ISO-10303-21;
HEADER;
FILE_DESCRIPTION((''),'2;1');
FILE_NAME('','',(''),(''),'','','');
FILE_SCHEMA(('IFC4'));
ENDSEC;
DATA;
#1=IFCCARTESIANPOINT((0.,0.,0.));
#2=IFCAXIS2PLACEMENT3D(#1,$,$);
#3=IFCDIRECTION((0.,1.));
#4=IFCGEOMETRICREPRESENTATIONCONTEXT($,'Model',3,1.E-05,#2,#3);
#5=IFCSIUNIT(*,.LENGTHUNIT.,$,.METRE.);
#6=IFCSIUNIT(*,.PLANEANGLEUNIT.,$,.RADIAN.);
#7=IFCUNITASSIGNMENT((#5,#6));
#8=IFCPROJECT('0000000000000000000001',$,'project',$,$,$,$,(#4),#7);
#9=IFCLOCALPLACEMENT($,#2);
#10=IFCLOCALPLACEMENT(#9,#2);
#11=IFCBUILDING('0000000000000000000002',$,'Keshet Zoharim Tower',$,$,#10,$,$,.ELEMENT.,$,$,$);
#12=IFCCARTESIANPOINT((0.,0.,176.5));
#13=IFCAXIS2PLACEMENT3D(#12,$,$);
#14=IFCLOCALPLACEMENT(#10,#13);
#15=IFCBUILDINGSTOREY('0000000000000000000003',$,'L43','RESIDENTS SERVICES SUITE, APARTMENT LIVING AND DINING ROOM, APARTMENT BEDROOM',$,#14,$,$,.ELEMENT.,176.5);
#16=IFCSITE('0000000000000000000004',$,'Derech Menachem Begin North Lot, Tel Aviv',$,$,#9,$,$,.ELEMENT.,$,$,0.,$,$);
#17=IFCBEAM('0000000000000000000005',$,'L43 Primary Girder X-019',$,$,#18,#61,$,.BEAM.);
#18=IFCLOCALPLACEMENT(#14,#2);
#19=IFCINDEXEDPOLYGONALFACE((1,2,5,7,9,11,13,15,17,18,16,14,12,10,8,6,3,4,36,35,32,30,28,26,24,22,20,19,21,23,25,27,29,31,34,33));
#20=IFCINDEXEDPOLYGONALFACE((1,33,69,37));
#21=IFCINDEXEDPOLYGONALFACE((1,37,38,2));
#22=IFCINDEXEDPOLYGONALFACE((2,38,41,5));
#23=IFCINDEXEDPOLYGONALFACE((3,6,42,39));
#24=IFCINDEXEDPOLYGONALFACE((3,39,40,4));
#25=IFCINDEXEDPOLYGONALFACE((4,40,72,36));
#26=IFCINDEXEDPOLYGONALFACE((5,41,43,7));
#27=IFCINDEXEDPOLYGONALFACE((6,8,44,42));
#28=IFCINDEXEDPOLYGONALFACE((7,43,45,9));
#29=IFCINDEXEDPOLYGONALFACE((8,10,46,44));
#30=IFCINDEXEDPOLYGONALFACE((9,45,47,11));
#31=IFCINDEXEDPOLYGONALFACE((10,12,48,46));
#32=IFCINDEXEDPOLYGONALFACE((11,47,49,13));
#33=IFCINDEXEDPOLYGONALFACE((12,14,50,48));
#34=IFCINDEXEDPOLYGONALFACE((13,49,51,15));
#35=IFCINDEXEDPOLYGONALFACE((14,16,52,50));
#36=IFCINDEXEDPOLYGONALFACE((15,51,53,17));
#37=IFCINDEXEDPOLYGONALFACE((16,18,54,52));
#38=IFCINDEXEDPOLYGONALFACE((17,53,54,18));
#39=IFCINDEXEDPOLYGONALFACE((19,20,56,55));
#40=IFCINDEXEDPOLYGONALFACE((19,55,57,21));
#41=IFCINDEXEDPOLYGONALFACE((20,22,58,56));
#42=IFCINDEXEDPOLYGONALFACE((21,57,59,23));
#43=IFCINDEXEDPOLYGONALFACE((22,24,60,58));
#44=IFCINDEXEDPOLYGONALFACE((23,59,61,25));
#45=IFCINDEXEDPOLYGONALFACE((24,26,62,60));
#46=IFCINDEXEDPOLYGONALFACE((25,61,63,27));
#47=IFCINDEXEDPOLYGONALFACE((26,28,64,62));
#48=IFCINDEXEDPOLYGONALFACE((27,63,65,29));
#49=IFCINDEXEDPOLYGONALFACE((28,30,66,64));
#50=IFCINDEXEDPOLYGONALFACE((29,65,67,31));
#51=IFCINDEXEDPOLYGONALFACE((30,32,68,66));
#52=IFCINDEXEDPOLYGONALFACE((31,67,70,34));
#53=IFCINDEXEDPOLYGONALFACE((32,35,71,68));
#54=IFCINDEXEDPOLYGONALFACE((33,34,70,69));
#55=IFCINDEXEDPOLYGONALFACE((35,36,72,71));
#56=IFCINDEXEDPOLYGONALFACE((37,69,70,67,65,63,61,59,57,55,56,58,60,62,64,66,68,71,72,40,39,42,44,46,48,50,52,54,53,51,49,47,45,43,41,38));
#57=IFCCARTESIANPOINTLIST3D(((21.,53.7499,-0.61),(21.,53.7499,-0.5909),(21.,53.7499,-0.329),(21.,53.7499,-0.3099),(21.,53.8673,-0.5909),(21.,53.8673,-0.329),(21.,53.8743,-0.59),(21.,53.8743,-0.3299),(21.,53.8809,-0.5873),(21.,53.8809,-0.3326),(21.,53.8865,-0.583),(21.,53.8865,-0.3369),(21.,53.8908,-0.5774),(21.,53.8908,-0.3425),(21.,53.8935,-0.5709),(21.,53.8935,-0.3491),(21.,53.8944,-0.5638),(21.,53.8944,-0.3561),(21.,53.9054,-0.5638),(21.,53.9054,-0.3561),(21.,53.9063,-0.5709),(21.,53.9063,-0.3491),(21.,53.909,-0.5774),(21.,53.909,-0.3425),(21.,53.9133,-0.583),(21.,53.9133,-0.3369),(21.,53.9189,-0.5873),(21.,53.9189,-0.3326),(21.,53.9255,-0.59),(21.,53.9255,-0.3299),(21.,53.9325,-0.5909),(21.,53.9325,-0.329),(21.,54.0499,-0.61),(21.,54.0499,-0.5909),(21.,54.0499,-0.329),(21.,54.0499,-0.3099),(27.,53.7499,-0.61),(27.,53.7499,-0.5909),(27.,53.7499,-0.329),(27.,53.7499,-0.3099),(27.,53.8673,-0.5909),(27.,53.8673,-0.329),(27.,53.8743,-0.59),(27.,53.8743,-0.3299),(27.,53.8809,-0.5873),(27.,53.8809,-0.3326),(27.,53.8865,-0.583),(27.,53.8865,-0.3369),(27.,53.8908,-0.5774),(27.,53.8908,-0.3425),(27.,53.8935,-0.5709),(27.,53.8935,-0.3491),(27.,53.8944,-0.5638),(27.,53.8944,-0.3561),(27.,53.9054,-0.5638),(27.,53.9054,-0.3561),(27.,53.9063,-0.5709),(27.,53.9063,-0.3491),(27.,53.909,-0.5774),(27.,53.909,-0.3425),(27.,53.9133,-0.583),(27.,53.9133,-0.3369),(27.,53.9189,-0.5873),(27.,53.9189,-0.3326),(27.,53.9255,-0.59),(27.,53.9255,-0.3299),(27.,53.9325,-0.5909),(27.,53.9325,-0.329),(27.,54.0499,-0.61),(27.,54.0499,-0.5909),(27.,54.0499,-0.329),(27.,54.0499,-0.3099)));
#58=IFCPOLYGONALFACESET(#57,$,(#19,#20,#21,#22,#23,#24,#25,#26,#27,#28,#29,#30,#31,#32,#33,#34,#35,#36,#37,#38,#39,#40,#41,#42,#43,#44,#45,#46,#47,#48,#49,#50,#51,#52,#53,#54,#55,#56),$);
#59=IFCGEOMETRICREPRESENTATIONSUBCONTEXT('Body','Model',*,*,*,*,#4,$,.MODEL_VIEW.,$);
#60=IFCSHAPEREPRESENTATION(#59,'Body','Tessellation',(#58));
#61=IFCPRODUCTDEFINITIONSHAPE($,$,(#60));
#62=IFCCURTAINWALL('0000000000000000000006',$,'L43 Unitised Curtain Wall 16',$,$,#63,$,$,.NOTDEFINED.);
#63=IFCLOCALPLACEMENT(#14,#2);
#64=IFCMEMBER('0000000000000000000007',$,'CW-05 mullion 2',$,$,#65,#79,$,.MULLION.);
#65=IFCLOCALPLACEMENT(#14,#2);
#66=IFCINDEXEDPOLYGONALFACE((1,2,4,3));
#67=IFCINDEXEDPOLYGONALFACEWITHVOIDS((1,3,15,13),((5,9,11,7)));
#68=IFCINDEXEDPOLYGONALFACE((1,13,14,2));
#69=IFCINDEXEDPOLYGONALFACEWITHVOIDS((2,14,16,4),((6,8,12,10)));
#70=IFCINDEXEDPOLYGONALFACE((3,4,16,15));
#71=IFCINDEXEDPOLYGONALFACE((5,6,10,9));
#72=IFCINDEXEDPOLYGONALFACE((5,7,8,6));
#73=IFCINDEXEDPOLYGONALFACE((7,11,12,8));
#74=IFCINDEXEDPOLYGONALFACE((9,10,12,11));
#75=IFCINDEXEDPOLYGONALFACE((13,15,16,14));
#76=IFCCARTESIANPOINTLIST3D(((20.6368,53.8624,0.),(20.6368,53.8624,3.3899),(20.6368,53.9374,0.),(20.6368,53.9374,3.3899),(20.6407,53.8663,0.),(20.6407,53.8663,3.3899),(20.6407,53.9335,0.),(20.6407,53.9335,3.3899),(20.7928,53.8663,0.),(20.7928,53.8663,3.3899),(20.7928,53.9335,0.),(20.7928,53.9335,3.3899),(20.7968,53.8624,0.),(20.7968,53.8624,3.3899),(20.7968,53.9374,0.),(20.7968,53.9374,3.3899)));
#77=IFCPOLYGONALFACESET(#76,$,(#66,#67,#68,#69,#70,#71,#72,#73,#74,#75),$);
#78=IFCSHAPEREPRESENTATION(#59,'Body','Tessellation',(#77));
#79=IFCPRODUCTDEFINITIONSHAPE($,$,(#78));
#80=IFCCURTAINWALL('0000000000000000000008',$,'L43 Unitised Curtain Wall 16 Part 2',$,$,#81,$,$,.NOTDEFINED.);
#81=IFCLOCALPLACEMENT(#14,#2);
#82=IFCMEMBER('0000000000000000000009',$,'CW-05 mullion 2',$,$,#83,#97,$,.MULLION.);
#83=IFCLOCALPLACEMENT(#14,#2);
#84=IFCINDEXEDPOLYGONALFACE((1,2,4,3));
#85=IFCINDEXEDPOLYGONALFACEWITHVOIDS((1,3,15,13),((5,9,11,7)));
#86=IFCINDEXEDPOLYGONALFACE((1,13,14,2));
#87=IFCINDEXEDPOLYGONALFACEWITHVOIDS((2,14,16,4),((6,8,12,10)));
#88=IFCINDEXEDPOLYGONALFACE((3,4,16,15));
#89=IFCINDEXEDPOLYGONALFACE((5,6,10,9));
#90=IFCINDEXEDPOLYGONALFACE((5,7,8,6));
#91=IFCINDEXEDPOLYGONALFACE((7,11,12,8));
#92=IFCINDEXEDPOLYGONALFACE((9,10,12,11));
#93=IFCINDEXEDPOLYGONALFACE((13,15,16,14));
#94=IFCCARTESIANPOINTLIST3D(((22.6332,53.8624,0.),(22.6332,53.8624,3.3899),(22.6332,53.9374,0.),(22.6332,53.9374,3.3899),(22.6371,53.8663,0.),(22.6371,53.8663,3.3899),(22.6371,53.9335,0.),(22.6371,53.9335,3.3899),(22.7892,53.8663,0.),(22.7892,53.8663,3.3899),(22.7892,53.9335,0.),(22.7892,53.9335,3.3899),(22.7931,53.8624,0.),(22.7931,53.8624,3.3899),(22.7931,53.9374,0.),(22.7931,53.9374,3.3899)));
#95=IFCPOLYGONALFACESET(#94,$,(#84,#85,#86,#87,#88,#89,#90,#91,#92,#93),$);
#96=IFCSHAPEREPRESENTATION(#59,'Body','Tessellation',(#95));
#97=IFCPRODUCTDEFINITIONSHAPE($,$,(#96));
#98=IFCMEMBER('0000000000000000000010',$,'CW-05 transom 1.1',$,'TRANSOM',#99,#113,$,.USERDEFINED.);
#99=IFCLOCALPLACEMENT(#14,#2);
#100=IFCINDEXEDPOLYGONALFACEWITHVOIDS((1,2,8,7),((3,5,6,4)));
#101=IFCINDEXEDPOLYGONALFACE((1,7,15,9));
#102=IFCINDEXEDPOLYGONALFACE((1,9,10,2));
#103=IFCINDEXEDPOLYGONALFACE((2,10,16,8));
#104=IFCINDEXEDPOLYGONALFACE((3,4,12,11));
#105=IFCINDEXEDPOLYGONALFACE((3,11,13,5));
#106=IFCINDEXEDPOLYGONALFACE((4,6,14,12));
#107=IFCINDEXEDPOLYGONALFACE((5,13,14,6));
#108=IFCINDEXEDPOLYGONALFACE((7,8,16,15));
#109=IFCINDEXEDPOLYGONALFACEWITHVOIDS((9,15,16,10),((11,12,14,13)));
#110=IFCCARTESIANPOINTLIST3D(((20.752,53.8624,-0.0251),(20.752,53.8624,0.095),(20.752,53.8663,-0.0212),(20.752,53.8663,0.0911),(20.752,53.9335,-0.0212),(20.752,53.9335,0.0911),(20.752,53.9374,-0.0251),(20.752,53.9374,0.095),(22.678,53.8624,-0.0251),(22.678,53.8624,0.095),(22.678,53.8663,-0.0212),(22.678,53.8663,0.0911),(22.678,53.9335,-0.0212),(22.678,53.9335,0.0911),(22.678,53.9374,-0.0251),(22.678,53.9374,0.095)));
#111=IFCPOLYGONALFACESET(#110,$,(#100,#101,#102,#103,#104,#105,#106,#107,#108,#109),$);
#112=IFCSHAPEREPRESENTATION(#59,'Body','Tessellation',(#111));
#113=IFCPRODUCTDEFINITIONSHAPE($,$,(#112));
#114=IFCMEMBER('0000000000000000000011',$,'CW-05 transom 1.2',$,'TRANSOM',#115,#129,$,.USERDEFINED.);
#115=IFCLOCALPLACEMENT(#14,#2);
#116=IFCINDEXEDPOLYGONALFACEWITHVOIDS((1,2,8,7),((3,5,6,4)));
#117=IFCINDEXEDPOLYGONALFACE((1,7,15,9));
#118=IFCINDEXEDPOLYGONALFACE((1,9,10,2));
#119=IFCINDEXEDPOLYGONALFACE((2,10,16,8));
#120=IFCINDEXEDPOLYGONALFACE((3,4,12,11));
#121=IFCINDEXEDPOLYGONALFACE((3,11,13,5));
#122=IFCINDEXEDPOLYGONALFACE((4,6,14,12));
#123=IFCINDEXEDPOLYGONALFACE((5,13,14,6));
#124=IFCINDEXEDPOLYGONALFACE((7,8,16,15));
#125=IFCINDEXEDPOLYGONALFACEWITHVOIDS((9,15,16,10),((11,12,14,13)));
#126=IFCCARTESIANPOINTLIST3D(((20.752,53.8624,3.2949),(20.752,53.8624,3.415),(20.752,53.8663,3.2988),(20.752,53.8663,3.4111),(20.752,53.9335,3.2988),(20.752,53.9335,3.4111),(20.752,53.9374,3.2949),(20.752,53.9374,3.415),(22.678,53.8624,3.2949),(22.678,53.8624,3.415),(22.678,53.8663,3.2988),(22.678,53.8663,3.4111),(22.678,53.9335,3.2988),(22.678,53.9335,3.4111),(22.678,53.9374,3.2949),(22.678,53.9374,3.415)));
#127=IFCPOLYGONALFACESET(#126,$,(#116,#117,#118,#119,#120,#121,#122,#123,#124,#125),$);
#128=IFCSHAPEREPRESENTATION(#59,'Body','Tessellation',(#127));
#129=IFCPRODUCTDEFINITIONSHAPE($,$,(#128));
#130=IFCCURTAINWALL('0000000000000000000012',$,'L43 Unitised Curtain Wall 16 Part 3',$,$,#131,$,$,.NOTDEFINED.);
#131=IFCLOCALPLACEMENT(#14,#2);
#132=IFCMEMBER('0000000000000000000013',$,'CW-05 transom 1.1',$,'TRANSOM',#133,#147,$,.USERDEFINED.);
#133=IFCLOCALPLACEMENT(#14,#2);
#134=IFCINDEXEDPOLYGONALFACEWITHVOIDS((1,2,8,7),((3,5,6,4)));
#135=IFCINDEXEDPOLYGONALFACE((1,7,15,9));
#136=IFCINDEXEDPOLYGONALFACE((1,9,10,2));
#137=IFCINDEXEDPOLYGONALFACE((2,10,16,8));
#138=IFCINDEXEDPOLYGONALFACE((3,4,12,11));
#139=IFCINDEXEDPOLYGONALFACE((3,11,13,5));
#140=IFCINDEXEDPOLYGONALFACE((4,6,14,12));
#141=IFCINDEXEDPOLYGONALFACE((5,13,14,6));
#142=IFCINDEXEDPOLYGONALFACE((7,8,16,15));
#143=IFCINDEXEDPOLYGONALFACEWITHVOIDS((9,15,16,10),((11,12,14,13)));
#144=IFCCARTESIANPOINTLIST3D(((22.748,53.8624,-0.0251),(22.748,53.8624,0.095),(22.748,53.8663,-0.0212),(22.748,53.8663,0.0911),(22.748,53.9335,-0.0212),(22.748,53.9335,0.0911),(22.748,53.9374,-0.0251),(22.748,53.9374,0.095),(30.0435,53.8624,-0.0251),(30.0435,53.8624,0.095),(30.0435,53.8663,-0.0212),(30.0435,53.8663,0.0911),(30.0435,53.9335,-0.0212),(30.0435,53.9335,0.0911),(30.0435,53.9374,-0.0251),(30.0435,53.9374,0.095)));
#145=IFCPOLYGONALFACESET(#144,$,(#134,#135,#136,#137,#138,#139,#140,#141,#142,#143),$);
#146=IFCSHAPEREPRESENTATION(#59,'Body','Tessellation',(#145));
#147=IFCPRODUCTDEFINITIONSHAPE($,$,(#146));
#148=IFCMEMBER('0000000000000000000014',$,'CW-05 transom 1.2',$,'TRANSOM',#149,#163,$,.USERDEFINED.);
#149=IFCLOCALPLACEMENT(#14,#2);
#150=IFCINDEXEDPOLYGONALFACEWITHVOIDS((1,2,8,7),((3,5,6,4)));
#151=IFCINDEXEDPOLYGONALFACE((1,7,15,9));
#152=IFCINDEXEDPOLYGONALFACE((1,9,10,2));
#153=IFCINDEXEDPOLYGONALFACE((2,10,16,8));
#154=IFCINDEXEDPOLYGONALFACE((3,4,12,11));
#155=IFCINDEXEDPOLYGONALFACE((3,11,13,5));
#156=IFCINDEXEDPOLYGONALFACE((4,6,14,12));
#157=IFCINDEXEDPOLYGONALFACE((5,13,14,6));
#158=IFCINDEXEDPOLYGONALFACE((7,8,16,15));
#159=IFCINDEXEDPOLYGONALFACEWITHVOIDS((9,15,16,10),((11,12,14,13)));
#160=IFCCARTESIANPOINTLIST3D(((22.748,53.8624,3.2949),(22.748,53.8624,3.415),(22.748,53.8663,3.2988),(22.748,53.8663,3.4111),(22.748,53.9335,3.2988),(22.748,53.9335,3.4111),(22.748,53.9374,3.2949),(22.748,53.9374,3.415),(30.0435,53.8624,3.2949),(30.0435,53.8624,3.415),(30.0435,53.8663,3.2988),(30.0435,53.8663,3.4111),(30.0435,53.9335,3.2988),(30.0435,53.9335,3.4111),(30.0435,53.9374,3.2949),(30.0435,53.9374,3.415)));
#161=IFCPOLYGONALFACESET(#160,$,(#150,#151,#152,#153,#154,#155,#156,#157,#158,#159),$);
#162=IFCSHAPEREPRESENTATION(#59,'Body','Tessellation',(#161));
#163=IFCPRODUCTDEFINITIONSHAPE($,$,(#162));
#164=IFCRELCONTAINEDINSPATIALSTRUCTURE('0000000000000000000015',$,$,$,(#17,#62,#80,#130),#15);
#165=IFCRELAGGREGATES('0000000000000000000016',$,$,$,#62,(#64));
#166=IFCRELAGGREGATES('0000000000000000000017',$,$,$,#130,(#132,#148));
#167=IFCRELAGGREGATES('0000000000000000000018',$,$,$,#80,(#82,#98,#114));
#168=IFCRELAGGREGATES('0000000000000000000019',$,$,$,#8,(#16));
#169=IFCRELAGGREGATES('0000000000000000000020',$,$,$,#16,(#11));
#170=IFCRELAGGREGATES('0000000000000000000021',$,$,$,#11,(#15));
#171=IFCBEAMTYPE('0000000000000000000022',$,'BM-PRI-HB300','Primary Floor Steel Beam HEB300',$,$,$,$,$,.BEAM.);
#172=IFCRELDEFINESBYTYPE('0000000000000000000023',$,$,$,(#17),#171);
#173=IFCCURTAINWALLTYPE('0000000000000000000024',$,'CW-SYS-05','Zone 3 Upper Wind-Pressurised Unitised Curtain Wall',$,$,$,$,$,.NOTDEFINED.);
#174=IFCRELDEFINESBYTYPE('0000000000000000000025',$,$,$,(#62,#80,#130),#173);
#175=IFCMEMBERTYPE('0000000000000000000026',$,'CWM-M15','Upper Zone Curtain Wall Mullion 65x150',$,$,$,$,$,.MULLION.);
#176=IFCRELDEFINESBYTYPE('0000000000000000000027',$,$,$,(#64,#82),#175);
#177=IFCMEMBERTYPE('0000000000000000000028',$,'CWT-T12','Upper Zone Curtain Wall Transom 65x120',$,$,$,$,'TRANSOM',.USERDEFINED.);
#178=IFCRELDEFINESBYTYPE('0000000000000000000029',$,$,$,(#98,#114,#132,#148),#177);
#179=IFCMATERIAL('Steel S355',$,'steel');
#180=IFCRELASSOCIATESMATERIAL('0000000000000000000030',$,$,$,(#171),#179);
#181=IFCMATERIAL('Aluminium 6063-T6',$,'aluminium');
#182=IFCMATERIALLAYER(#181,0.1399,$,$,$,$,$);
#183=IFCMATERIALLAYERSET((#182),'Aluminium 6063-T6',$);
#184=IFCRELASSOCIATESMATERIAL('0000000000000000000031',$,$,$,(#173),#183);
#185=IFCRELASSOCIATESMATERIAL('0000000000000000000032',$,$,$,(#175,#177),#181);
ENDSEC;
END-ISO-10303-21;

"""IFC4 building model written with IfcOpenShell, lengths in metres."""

from ifc_helpers import new_model, si_unit, direction, frame, origin, origin_2d, place, context, subcontext, project, spatial, hollow_rectangle, i_section, extrude, material, layer, layer_set, material_profile, profile_set, type_object, element, aggregate, save


model = new_model("IFC4")

# Units and contexts
model_context = context("Model", 3, precision=1e-05, world=origin(), true_north=direction((0.0, 1.0)))
body_context = subcontext(model_context, "Body", "Model", "MODEL_VIEW")
ifc_project = project(units=[si_unit("LENGTHUNIT", "METRE"), si_unit("PLANEANGLEUNIT", "RADIAN")], contexts=[model_context])

# Site, building, storey
site_placement = place(None, origin())
site = spatial("IfcSite", under=ifc_project, at=site_placement, Name="Derech Menachem Begin North Lot, Tel Aviv", CompositionType="ELEMENT", RefElevation=0.0)
building_placement = place(site_placement, origin())
building = spatial("IfcBuilding", under=site, at=building_placement, Name="Keshet Zoharim Tower", CompositionType="ELEMENT")
storey_placement = place(building_placement, frame((0.0, 0.0, 176.5)))
storey = spatial("IfcBuildingStorey", under=building, at=storey_placement, Name="L43", Description="RESIDENTS SERVICES SUITE, APARTMENT LIVING AND DINING ROOM, APARTMENT BEDROOM", CompositionType="ELEMENT", Elevation=176.5)

# Shared definitions
ifc_material_1 = material(Name="Steel S355", Category="steel")

# Beam
ifc_material_profile_1 = material_profile(ifc_material_1, i_section(OverallWidth=0.3, OverallDepth=0.3, WebThickness=0.011, FlangeThickness=0.019, FilletRadius=0.0271, at=origin_2d()), Name="HEB300")
ifc_profile_set_1 = profile_set([ifc_material_profile_1], Name="Steel S355")
beam_type_1 = type_object("IfcBeamType", Name="BM-PRI-HB300", Description="Primary Floor Steel Beam HEB300", PredefinedType="BEAM", material=ifc_profile_set_1)
beam_1_placement = place(storey_placement, frame((21.0, 53.8999, -0.46), z_axis=(1.0, 0.0, 0.0), x_axis=(0.0, 1.0, 0.0)))
element("IfcBeam", 1, at=beam_1_placement, inside=storey, type_object=beam_type_1, Name="L43 Primary Girder X-019", PredefinedType="BEAM", context=body_context, shape_type="SweptSolid", body=[
    extrude(i_section(OverallWidth=0.3, OverallDepth=0.3, WebThickness=0.011, FlangeThickness=0.019, FilletRadius=0.0271, at=origin_2d()), origin(), (0.0, 0.0, 1.0), 6.0),
])

# Curtain wall, member
ifc_material_2 = material(Name="Aluminium 6063-T6", Category="aluminium")
ifc_layer_1 = layer(ifc_material_2, 0.1399)
ifc_layer_set_1 = layer_set([ifc_layer_1], Name="Aluminium 6063-T6")
curtain_wall_type = type_object("IfcCurtainWallType", Name="CW-SYS-05", Description="Zone 3 Upper Wind-Pressurised Unitised Curtain Wall", PredefinedType="NOTDEFINED", material=ifc_layer_set_1)
curtain_wall_1_placement = place(storey_placement, origin())
curtain_wall_1 = element("IfcCurtainWall", 2, at=curtain_wall_1_placement, inside=storey, type_object=curtain_wall_type, Name="L43 Unitised Curtain Wall 16", PredefinedType="NOTDEFINED")
ifc_material_profile_2 = material_profile(ifc_material_2, hollow_rectangle(XDim=0.075, YDim=0.1599, WallThickness=0.0039, at=origin_2d()), Name="MUL-75x160")
ifc_profile_set_2 = profile_set([ifc_material_profile_2], Name="Aluminium 6063-T6")
member_type_1 = type_object("IfcMemberType", Name="CWM-M15", Description="Upper Zone Curtain Wall Mullion 65x150", PredefinedType="MULLION", material=ifc_profile_set_2)
member_1_placement = place(storey_placement, frame((20.7168, 53.8999, 0.0), z_axis=(0.0, 0.0, 1.0), x_axis=(0.0, 1.0, 0.0)))
member_1 = element("IfcMember", 3, at=member_1_placement, type_object=member_type_1, Name="CW-05 mullion 2", PredefinedType="MULLION", context=body_context, shape_type="SweptSolid", body=[
    extrude(hollow_rectangle(XDim=0.075, YDim=0.1599, WallThickness=0.0039, at=origin_2d()), origin(), (0.0, 0.0, 1.0), 3.3899),
])

# Curtain walls, members
curtain_wall_2_placement = place(storey_placement, origin())
curtain_wall_2 = element("IfcCurtainWall", 4, at=curtain_wall_2_placement, inside=storey, type_object=curtain_wall_type, Name="L43 Unitised Curtain Wall 16 Part 2", PredefinedType="NOTDEFINED")
member_2_placement = place(storey_placement, frame((22.7131, 53.8999, 0.0), z_axis=(0.0, 0.0, 1.0), x_axis=(0.0, 1.0, 0.0)))
member_2 = element("IfcMember", 5, at=member_2_placement, type_object=member_type_1, Name="CW-05 mullion 2", PredefinedType="MULLION", context=body_context, shape_type="SweptSolid", body=[
    extrude(hollow_rectangle(XDim=0.075, YDim=0.1599, WallThickness=0.0039, at=origin_2d()), origin(), (0.0, 0.0, 1.0), 3.3899),
])
ifc_material_profile_3 = material_profile(ifc_material_2, hollow_rectangle(XDim=0.075, YDim=0.1201, WallThickness=0.0039, at=origin_2d()), Name="TRN-75x120")
ifc_profile_set_3 = profile_set([ifc_material_profile_3], Name="Aluminium 6063-T6")
member_type_2 = type_object("IfcMemberType", Name="CWT-T12", Description="Upper Zone Curtain Wall Transom 65x120", ElementType="TRANSOM", PredefinedType="USERDEFINED", material=ifc_profile_set_3)
member_3_placement = place(storey_placement, frame((20.752, 53.8999, 0.0349), z_axis=(1.0, 0.0, 0.0), x_axis=(0.0, 1.0, 0.0)))
member_3 = element("IfcMember", 6, at=member_3_placement, type_object=member_type_2, Name="CW-05 transom 1.1", ObjectType="TRANSOM", PredefinedType="USERDEFINED", context=body_context, shape_type="SweptSolid", body=[
    extrude(hollow_rectangle(XDim=0.075, YDim=0.1201, WallThickness=0.0039, at=origin_2d()), origin(), (0.0, 0.0, 1.0), 1.926),
])
member_4_placement = place(storey_placement, frame((20.752, 53.8999, 3.355), z_axis=(1.0, 0.0, 0.0), x_axis=(0.0, 1.0, 0.0)))
member_4 = element("IfcMember", 7, at=member_4_placement, type_object=member_type_2, Name="CW-05 transom 1.2", ObjectType="TRANSOM", PredefinedType="USERDEFINED", context=body_context, shape_type="SweptSolid", body=[
    extrude(hollow_rectangle(XDim=0.075, YDim=0.1201, WallThickness=0.0039, at=origin_2d()), origin(), (0.0, 0.0, 1.0), 1.926),
])
curtain_wall_3_placement = place(storey_placement, origin())
curtain_wall_3 = element("IfcCurtainWall", 8, at=curtain_wall_3_placement, inside=storey, type_object=curtain_wall_type, Name="L43 Unitised Curtain Wall 16 Part 3", PredefinedType="NOTDEFINED")
member_5_placement = place(storey_placement, frame((22.748, 53.8999, 0.0349), z_axis=(1.0, 0.0, 0.0), x_axis=(0.0, 1.0, 0.0)))
member_5 = element("IfcMember", 9, at=member_5_placement, type_object=member_type_2, Name="CW-05 transom 1.1", ObjectType="TRANSOM", PredefinedType="USERDEFINED", context=body_context, shape_type="SweptSolid", body=[
    extrude(hollow_rectangle(XDim=0.075, YDim=0.1201, WallThickness=0.0039, at=origin_2d()), origin(), (0.0, 0.0, 1.0), 7.2954),
])
member_6_placement = place(storey_placement, frame((22.748, 53.8999, 3.355), z_axis=(1.0, 0.0, 0.0), x_axis=(0.0, 1.0, 0.0)))
member_6 = element("IfcMember", 10, at=member_6_placement, type_object=member_type_2, Name="CW-05 transom 1.2", ObjectType="TRANSOM", PredefinedType="USERDEFINED", context=body_context, shape_type="SweptSolid", body=[
    extrude(hollow_rectangle(XDim=0.075, YDim=0.1201, WallThickness=0.0039, at=origin_2d()), origin(), (0.0, 0.0, 1.0), 7.2954),
])

aggregate(curtain_wall_1, [member_1])
aggregate(curtain_wall_3, [member_5, member_6])
aggregate(curtain_wall_2, [member_2, member_3, member_4])

save(model, "model.ifc")
